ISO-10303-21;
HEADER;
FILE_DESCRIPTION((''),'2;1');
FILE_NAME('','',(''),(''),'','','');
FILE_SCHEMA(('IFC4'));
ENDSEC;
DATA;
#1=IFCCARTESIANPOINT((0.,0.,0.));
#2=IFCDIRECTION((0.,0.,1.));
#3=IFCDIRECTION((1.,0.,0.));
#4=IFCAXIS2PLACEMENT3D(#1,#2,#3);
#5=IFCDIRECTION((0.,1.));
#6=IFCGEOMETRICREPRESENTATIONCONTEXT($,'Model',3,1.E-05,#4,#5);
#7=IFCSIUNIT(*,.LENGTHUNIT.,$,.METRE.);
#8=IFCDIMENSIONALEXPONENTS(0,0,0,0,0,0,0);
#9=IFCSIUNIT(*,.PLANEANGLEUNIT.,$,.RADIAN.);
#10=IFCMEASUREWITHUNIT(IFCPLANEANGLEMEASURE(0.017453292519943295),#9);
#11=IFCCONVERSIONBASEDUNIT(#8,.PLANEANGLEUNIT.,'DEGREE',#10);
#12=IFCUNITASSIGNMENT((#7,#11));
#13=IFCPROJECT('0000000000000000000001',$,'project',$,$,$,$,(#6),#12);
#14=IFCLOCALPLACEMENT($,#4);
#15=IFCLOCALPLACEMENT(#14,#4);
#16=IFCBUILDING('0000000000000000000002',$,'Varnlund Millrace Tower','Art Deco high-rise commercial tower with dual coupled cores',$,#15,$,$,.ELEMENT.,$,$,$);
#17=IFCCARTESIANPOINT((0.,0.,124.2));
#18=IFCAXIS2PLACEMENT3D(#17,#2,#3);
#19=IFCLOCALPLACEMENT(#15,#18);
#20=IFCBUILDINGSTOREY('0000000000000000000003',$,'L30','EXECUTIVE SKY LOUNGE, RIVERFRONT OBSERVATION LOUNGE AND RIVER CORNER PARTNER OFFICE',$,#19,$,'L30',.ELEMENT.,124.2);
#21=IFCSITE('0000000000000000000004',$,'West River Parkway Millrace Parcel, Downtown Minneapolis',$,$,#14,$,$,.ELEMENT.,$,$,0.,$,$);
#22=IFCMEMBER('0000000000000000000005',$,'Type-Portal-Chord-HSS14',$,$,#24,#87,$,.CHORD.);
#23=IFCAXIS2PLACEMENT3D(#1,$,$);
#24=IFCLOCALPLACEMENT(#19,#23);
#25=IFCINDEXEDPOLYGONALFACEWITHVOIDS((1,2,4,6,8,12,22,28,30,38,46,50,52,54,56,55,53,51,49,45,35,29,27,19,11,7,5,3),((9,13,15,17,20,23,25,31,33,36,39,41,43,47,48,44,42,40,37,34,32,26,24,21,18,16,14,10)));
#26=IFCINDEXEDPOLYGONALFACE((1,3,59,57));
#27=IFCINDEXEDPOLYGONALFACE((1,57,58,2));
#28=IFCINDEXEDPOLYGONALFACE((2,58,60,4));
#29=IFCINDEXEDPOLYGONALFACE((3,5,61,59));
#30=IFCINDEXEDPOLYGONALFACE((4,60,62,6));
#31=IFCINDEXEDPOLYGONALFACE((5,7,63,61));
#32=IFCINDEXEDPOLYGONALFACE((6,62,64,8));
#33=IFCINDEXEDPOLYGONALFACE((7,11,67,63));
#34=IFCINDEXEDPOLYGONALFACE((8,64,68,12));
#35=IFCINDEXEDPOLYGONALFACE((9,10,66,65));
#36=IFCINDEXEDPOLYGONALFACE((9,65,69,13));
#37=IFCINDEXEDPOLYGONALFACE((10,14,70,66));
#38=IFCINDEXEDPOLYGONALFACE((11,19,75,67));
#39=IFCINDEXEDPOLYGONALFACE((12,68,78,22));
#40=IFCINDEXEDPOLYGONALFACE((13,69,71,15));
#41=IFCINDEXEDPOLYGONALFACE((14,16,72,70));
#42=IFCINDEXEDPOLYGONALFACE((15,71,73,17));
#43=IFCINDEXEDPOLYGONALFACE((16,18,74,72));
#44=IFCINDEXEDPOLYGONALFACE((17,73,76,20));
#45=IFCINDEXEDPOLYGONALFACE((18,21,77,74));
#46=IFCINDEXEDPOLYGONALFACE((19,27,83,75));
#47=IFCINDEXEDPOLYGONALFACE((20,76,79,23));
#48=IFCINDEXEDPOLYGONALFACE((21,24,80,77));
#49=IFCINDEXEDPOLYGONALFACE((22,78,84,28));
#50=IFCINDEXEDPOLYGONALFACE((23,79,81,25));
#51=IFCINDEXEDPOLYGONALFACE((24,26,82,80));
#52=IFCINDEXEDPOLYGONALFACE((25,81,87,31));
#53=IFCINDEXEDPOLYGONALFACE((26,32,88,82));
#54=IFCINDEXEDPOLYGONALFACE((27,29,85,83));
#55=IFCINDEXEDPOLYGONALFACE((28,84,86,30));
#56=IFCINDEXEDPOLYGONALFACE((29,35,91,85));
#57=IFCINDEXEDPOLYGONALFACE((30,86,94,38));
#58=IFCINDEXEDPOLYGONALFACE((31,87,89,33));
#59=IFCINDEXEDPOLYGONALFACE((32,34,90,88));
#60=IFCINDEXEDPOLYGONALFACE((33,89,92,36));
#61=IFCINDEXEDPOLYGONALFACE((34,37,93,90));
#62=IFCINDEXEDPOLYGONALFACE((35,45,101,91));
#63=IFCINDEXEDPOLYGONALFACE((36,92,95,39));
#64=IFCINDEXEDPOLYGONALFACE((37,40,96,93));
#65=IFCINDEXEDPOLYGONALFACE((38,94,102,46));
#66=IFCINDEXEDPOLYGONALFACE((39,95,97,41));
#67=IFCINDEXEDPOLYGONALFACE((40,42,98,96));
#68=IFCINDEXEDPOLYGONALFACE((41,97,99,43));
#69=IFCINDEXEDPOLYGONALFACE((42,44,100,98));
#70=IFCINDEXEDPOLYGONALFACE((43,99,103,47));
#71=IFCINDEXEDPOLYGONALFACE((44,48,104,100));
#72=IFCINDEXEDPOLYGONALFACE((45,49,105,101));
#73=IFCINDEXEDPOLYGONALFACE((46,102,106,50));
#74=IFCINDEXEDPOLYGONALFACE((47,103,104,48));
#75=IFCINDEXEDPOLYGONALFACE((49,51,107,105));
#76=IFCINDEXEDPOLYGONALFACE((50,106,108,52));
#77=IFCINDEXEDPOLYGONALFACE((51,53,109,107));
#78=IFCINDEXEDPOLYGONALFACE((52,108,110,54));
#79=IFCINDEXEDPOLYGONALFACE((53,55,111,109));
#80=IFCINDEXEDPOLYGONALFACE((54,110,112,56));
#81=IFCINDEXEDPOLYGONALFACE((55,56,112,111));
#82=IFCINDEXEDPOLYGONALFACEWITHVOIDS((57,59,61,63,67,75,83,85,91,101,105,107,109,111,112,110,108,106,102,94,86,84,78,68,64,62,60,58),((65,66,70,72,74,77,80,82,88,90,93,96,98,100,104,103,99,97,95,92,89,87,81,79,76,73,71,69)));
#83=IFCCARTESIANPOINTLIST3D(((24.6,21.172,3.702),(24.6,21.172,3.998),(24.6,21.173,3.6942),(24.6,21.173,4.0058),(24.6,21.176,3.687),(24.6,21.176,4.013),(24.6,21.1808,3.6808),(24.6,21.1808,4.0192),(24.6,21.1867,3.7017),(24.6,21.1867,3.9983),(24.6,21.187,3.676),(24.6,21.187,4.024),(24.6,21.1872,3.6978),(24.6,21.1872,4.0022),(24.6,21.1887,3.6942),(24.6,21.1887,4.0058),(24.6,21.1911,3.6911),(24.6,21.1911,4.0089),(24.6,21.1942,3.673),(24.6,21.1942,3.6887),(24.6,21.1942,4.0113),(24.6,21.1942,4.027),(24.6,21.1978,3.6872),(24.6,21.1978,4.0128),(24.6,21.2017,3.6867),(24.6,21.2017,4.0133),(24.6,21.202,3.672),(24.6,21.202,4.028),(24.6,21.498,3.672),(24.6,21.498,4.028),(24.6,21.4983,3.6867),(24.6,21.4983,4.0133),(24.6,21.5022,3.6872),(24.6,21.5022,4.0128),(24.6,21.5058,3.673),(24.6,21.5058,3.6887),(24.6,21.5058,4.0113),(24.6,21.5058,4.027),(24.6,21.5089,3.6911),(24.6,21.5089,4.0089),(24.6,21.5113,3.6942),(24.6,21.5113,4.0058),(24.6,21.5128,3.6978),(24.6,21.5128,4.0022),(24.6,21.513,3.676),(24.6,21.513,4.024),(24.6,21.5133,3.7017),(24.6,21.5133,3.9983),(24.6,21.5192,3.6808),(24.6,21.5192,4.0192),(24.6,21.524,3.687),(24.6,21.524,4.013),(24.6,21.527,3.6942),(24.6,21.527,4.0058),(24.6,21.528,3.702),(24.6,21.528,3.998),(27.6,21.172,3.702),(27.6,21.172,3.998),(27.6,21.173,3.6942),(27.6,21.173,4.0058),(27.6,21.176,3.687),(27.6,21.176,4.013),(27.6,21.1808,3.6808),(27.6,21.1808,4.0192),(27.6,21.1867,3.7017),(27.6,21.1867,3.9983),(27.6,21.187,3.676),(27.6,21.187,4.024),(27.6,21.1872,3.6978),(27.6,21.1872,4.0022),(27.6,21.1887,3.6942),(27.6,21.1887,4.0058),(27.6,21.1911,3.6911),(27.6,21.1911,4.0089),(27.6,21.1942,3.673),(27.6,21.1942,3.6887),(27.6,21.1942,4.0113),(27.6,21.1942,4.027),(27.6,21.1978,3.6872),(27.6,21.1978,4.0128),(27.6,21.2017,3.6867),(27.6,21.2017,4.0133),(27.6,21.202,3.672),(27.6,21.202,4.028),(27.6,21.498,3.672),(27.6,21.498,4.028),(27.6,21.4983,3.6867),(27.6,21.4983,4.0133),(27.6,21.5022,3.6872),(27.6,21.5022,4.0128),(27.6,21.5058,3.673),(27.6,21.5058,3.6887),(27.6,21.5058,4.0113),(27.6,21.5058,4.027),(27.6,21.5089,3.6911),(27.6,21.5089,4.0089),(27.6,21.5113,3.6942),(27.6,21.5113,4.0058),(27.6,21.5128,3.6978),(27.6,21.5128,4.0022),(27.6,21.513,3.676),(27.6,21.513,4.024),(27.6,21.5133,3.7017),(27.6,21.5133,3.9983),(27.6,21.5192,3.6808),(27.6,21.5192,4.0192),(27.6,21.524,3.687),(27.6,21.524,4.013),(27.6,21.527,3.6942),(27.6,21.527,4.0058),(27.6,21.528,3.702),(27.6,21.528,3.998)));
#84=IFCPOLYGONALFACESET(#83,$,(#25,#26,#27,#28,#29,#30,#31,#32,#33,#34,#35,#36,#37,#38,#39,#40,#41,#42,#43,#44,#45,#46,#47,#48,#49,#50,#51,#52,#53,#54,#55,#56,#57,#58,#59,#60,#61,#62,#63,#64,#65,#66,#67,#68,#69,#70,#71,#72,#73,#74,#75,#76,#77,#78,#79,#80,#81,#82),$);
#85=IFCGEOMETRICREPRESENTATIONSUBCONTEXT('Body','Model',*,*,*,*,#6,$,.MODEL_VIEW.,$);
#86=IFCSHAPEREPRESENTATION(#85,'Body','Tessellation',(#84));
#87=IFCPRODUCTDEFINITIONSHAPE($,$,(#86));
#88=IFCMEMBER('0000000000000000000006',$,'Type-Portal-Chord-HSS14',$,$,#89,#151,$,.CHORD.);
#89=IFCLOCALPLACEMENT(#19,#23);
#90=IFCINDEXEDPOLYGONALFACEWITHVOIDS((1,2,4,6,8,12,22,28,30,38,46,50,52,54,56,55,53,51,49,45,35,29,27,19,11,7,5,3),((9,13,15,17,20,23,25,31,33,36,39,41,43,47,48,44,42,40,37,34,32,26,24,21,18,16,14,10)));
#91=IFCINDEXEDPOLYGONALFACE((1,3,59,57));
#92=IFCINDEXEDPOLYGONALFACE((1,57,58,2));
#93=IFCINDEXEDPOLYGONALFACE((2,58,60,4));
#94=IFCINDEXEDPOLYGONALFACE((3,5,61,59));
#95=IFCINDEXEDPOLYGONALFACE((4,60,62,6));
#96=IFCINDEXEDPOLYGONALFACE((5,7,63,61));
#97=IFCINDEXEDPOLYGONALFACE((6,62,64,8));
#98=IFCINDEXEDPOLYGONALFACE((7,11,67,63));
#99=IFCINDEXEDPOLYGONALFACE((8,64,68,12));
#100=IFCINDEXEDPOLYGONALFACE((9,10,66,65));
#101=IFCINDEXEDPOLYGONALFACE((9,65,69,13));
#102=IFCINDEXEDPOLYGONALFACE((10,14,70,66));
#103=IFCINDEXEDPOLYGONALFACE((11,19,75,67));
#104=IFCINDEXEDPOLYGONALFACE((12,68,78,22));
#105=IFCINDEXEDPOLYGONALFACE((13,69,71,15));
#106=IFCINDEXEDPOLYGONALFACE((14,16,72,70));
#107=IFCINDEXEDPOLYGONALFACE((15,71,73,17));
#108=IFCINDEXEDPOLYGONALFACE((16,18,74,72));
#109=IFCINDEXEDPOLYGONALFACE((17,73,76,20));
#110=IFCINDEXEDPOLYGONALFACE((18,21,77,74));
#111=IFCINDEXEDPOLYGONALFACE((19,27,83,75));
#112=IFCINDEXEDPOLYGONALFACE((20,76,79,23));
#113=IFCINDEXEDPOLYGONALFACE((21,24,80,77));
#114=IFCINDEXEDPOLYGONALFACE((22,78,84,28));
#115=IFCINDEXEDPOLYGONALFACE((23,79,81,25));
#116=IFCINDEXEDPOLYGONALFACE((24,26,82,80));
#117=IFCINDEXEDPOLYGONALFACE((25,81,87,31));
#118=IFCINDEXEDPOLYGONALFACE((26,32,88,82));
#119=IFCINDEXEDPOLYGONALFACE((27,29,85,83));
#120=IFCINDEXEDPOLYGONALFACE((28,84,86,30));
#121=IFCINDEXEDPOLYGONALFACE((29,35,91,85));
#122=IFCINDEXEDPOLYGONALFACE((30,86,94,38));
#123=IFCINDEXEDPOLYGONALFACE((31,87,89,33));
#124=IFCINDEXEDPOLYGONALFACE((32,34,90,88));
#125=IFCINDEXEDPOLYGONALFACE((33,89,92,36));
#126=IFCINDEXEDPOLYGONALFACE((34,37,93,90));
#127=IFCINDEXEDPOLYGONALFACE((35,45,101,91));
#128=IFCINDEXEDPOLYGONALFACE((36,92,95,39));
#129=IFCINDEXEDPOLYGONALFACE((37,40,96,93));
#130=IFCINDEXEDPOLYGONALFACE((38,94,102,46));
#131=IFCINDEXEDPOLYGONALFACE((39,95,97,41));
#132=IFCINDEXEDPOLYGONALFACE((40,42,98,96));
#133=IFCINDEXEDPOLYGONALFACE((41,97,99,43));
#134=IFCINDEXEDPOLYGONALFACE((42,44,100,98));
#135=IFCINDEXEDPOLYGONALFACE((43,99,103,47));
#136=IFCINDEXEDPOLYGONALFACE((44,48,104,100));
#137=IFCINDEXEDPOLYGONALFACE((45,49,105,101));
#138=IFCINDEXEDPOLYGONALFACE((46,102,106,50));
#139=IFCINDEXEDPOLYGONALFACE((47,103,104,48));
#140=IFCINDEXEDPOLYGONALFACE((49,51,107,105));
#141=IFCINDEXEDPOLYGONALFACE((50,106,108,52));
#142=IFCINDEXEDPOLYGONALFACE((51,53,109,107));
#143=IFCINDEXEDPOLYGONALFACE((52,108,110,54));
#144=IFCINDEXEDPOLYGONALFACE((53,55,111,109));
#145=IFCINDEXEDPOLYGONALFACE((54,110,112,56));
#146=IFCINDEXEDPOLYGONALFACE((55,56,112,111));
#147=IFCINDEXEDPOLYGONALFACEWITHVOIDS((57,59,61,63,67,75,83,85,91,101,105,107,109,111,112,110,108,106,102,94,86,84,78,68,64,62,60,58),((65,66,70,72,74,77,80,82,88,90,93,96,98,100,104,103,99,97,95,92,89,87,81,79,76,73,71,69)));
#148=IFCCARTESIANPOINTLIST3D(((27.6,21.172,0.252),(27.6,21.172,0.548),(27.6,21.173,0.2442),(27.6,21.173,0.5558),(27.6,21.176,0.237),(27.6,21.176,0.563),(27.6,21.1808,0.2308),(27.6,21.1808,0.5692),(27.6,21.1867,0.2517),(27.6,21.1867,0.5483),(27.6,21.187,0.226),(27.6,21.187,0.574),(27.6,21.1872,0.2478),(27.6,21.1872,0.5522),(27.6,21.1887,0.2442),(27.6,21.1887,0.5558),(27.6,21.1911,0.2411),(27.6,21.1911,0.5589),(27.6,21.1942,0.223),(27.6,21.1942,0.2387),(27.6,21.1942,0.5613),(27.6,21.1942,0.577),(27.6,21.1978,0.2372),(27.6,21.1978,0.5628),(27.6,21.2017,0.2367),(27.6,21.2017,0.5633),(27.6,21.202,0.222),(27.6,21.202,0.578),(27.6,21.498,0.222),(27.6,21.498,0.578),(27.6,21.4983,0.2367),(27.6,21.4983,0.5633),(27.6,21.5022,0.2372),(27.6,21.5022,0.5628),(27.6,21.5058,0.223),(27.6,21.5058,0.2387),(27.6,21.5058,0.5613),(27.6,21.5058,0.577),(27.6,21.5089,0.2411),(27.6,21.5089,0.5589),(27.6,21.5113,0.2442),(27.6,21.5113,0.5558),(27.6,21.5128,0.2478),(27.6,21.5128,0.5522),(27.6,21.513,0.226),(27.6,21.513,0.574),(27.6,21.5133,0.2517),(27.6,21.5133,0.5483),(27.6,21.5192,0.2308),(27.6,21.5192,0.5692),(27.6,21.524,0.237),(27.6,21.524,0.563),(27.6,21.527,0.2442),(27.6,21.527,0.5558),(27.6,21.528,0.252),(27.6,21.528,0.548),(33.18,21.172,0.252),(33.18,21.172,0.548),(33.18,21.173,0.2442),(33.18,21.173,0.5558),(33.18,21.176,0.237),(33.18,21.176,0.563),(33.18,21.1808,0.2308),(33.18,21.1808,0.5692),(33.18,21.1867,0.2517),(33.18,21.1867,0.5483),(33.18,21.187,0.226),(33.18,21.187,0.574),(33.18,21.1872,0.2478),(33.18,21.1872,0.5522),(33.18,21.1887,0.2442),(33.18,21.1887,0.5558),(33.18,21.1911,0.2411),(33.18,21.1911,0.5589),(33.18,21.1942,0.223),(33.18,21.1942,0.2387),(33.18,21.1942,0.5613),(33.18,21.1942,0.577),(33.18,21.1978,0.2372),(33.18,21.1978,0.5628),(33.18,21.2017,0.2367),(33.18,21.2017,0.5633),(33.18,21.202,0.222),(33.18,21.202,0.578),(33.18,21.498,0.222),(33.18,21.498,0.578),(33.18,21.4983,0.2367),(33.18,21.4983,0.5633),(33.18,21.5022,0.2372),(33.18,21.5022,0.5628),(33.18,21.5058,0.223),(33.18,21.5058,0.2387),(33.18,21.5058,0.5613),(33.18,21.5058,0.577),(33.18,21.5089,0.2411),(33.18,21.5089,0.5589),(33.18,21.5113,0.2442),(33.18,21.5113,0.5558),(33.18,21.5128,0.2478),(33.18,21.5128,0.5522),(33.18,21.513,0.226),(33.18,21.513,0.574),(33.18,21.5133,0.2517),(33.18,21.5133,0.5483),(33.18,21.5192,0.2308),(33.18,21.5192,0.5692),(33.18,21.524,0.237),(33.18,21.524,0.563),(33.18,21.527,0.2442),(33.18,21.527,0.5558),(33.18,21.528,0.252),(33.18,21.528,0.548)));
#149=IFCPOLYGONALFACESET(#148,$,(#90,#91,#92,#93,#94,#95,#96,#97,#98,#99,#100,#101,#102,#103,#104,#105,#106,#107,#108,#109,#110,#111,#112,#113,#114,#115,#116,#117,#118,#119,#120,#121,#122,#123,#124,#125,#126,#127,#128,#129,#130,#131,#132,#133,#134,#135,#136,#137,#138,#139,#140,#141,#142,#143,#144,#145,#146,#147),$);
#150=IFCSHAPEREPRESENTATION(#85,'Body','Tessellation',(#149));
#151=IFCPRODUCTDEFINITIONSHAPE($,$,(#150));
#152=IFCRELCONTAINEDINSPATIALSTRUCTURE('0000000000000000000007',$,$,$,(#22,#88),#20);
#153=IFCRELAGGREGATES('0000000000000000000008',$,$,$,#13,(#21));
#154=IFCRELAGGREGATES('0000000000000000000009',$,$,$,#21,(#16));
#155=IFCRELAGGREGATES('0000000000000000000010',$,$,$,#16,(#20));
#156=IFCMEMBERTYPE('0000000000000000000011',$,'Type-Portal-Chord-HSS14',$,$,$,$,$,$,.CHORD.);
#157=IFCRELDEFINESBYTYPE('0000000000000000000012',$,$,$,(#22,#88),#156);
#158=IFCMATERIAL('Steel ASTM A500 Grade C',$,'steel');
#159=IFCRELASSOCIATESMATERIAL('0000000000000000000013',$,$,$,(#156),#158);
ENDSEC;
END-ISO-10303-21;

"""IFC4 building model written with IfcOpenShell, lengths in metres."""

from ifc_helpers import new_model, entity, si_unit, converted_unit, direction, frame, origin_with_axes, origin_2d_with_axis, place, context, subcontext, project, spatial, hollow_rectangle, extrude, material, material_profile, profile_set, type_object, element, save


model = new_model("IFC4")

# Units and contexts
model_context = context("Model", 3, precision=1e-05, world=origin_with_axes(), true_north=direction((0.0, 1.0)))
body_context = subcontext(model_context, "Body", "Model", "MODEL_VIEW")
ifc_project = project(units=[si_unit("LENGTHUNIT", "METRE"), converted_unit("PLANEANGLEUNIT", "DEGREE", entity("IfcPlaneAngleMeasure", 0.017453292519943295), si_unit("PLANEANGLEUNIT", "RADIAN"), dimensions=[0, 0, 0, 0, 0, 0, 0])], contexts=[model_context])

# Site, building, storey
site_placement = place(None, origin_with_axes())
site = spatial("IfcSite", under=ifc_project, at=site_placement, Name="West River Parkway Millrace Parcel, Downtown Minneapolis", CompositionType="ELEMENT", RefElevation=0.0)
building_placement = place(site_placement, origin_with_axes())
building = spatial("IfcBuilding", under=site, at=building_placement, Name="Varnlund Millrace Tower", Description="Art Deco high-rise commercial tower with dual coupled cores", CompositionType="ELEMENT")
storey_placement = place(building_placement, frame((0.0, 0.0, 124.2), z_axis=(0.0, 0.0, 1.0), x_axis=(1.0, 0.0, 0.0)))
storey = spatial("IfcBuildingStorey", under=building, at=storey_placement, Name="L30", Description="EXECUTIVE SKY LOUNGE, RIVERFRONT OBSERVATION LOUNGE AND RIVER CORNER PARTNER OFFICE", LongName="L30", CompositionType="ELEMENT", Elevation=124.2)

# Members
ifc_material_1 = material(Name="Steel ASTM A500 Grade C", Category="steel")
ifc_material_profile_1 = material_profile(ifc_material_1, hollow_rectangle(XDim=0.356, YDim=0.356, WallThickness=0.0147, InnerFilletRadius=0.015, OuterFilletRadius=0.03, at=origin_2d_with_axis()), Name="Steel ASTM A500 Grade C")
ifc_profile_set_1 = profile_set([ifc_material_profile_1], Name="Steel ASTM A500 Grade C")
member_type_1 = type_object("IfcMemberType", Name="Type-Portal-Chord-HSS14", PredefinedType="CHORD", material=ifc_profile_set_1)
for number, where, z_axis, x_axis, name in (
    (1, (24.6, 21.35, 3.85), (1.0, 0.0, 0.0), (0.0, 1.0, 0.0), "Type-Portal-Chord-HSS14"),
):
    element("IfcMember", number, at=place(storey_placement, frame(where, z_axis=z_axis, x_axis=x_axis)), inside=storey, type_object=member_type_1, Name=name, PredefinedType="CHORD", context=body_context, shape_type="SweptSolid", body=[
        extrude(hollow_rectangle(XDim=0.356, YDim=0.356, WallThickness=0.0147, InnerFilletRadius=0.015, OuterFilletRadius=0.03, at=origin_2d_with_axis()), origin_with_axes(), (0.0, 0.0, 1.0), 3.0),
    ])
for number, where, z_axis, x_axis, name in (
    (2, (27.6, 21.35, 0.4), (1.0, 0.0, 0.0), (0.0, 1.0, 0.0), "Type-Portal-Chord-HSS14"),
):
    element("IfcMember", number, at=place(storey_placement, frame(where, z_axis=z_axis, x_axis=x_axis)), inside=storey, type_object=member_type_1, Name=name, PredefinedType="CHORD", context=body_context, shape_type="SweptSolid", body=[
        extrude(hollow_rectangle(XDim=0.356, YDim=0.356, WallThickness=0.0147, InnerFilletRadius=0.015, OuterFilletRadius=0.03, at=origin_2d_with_axis()), origin_with_axes(), (0.0, 0.0, 1.0), 5.58),
    ])

save(model, "model.ifc")
